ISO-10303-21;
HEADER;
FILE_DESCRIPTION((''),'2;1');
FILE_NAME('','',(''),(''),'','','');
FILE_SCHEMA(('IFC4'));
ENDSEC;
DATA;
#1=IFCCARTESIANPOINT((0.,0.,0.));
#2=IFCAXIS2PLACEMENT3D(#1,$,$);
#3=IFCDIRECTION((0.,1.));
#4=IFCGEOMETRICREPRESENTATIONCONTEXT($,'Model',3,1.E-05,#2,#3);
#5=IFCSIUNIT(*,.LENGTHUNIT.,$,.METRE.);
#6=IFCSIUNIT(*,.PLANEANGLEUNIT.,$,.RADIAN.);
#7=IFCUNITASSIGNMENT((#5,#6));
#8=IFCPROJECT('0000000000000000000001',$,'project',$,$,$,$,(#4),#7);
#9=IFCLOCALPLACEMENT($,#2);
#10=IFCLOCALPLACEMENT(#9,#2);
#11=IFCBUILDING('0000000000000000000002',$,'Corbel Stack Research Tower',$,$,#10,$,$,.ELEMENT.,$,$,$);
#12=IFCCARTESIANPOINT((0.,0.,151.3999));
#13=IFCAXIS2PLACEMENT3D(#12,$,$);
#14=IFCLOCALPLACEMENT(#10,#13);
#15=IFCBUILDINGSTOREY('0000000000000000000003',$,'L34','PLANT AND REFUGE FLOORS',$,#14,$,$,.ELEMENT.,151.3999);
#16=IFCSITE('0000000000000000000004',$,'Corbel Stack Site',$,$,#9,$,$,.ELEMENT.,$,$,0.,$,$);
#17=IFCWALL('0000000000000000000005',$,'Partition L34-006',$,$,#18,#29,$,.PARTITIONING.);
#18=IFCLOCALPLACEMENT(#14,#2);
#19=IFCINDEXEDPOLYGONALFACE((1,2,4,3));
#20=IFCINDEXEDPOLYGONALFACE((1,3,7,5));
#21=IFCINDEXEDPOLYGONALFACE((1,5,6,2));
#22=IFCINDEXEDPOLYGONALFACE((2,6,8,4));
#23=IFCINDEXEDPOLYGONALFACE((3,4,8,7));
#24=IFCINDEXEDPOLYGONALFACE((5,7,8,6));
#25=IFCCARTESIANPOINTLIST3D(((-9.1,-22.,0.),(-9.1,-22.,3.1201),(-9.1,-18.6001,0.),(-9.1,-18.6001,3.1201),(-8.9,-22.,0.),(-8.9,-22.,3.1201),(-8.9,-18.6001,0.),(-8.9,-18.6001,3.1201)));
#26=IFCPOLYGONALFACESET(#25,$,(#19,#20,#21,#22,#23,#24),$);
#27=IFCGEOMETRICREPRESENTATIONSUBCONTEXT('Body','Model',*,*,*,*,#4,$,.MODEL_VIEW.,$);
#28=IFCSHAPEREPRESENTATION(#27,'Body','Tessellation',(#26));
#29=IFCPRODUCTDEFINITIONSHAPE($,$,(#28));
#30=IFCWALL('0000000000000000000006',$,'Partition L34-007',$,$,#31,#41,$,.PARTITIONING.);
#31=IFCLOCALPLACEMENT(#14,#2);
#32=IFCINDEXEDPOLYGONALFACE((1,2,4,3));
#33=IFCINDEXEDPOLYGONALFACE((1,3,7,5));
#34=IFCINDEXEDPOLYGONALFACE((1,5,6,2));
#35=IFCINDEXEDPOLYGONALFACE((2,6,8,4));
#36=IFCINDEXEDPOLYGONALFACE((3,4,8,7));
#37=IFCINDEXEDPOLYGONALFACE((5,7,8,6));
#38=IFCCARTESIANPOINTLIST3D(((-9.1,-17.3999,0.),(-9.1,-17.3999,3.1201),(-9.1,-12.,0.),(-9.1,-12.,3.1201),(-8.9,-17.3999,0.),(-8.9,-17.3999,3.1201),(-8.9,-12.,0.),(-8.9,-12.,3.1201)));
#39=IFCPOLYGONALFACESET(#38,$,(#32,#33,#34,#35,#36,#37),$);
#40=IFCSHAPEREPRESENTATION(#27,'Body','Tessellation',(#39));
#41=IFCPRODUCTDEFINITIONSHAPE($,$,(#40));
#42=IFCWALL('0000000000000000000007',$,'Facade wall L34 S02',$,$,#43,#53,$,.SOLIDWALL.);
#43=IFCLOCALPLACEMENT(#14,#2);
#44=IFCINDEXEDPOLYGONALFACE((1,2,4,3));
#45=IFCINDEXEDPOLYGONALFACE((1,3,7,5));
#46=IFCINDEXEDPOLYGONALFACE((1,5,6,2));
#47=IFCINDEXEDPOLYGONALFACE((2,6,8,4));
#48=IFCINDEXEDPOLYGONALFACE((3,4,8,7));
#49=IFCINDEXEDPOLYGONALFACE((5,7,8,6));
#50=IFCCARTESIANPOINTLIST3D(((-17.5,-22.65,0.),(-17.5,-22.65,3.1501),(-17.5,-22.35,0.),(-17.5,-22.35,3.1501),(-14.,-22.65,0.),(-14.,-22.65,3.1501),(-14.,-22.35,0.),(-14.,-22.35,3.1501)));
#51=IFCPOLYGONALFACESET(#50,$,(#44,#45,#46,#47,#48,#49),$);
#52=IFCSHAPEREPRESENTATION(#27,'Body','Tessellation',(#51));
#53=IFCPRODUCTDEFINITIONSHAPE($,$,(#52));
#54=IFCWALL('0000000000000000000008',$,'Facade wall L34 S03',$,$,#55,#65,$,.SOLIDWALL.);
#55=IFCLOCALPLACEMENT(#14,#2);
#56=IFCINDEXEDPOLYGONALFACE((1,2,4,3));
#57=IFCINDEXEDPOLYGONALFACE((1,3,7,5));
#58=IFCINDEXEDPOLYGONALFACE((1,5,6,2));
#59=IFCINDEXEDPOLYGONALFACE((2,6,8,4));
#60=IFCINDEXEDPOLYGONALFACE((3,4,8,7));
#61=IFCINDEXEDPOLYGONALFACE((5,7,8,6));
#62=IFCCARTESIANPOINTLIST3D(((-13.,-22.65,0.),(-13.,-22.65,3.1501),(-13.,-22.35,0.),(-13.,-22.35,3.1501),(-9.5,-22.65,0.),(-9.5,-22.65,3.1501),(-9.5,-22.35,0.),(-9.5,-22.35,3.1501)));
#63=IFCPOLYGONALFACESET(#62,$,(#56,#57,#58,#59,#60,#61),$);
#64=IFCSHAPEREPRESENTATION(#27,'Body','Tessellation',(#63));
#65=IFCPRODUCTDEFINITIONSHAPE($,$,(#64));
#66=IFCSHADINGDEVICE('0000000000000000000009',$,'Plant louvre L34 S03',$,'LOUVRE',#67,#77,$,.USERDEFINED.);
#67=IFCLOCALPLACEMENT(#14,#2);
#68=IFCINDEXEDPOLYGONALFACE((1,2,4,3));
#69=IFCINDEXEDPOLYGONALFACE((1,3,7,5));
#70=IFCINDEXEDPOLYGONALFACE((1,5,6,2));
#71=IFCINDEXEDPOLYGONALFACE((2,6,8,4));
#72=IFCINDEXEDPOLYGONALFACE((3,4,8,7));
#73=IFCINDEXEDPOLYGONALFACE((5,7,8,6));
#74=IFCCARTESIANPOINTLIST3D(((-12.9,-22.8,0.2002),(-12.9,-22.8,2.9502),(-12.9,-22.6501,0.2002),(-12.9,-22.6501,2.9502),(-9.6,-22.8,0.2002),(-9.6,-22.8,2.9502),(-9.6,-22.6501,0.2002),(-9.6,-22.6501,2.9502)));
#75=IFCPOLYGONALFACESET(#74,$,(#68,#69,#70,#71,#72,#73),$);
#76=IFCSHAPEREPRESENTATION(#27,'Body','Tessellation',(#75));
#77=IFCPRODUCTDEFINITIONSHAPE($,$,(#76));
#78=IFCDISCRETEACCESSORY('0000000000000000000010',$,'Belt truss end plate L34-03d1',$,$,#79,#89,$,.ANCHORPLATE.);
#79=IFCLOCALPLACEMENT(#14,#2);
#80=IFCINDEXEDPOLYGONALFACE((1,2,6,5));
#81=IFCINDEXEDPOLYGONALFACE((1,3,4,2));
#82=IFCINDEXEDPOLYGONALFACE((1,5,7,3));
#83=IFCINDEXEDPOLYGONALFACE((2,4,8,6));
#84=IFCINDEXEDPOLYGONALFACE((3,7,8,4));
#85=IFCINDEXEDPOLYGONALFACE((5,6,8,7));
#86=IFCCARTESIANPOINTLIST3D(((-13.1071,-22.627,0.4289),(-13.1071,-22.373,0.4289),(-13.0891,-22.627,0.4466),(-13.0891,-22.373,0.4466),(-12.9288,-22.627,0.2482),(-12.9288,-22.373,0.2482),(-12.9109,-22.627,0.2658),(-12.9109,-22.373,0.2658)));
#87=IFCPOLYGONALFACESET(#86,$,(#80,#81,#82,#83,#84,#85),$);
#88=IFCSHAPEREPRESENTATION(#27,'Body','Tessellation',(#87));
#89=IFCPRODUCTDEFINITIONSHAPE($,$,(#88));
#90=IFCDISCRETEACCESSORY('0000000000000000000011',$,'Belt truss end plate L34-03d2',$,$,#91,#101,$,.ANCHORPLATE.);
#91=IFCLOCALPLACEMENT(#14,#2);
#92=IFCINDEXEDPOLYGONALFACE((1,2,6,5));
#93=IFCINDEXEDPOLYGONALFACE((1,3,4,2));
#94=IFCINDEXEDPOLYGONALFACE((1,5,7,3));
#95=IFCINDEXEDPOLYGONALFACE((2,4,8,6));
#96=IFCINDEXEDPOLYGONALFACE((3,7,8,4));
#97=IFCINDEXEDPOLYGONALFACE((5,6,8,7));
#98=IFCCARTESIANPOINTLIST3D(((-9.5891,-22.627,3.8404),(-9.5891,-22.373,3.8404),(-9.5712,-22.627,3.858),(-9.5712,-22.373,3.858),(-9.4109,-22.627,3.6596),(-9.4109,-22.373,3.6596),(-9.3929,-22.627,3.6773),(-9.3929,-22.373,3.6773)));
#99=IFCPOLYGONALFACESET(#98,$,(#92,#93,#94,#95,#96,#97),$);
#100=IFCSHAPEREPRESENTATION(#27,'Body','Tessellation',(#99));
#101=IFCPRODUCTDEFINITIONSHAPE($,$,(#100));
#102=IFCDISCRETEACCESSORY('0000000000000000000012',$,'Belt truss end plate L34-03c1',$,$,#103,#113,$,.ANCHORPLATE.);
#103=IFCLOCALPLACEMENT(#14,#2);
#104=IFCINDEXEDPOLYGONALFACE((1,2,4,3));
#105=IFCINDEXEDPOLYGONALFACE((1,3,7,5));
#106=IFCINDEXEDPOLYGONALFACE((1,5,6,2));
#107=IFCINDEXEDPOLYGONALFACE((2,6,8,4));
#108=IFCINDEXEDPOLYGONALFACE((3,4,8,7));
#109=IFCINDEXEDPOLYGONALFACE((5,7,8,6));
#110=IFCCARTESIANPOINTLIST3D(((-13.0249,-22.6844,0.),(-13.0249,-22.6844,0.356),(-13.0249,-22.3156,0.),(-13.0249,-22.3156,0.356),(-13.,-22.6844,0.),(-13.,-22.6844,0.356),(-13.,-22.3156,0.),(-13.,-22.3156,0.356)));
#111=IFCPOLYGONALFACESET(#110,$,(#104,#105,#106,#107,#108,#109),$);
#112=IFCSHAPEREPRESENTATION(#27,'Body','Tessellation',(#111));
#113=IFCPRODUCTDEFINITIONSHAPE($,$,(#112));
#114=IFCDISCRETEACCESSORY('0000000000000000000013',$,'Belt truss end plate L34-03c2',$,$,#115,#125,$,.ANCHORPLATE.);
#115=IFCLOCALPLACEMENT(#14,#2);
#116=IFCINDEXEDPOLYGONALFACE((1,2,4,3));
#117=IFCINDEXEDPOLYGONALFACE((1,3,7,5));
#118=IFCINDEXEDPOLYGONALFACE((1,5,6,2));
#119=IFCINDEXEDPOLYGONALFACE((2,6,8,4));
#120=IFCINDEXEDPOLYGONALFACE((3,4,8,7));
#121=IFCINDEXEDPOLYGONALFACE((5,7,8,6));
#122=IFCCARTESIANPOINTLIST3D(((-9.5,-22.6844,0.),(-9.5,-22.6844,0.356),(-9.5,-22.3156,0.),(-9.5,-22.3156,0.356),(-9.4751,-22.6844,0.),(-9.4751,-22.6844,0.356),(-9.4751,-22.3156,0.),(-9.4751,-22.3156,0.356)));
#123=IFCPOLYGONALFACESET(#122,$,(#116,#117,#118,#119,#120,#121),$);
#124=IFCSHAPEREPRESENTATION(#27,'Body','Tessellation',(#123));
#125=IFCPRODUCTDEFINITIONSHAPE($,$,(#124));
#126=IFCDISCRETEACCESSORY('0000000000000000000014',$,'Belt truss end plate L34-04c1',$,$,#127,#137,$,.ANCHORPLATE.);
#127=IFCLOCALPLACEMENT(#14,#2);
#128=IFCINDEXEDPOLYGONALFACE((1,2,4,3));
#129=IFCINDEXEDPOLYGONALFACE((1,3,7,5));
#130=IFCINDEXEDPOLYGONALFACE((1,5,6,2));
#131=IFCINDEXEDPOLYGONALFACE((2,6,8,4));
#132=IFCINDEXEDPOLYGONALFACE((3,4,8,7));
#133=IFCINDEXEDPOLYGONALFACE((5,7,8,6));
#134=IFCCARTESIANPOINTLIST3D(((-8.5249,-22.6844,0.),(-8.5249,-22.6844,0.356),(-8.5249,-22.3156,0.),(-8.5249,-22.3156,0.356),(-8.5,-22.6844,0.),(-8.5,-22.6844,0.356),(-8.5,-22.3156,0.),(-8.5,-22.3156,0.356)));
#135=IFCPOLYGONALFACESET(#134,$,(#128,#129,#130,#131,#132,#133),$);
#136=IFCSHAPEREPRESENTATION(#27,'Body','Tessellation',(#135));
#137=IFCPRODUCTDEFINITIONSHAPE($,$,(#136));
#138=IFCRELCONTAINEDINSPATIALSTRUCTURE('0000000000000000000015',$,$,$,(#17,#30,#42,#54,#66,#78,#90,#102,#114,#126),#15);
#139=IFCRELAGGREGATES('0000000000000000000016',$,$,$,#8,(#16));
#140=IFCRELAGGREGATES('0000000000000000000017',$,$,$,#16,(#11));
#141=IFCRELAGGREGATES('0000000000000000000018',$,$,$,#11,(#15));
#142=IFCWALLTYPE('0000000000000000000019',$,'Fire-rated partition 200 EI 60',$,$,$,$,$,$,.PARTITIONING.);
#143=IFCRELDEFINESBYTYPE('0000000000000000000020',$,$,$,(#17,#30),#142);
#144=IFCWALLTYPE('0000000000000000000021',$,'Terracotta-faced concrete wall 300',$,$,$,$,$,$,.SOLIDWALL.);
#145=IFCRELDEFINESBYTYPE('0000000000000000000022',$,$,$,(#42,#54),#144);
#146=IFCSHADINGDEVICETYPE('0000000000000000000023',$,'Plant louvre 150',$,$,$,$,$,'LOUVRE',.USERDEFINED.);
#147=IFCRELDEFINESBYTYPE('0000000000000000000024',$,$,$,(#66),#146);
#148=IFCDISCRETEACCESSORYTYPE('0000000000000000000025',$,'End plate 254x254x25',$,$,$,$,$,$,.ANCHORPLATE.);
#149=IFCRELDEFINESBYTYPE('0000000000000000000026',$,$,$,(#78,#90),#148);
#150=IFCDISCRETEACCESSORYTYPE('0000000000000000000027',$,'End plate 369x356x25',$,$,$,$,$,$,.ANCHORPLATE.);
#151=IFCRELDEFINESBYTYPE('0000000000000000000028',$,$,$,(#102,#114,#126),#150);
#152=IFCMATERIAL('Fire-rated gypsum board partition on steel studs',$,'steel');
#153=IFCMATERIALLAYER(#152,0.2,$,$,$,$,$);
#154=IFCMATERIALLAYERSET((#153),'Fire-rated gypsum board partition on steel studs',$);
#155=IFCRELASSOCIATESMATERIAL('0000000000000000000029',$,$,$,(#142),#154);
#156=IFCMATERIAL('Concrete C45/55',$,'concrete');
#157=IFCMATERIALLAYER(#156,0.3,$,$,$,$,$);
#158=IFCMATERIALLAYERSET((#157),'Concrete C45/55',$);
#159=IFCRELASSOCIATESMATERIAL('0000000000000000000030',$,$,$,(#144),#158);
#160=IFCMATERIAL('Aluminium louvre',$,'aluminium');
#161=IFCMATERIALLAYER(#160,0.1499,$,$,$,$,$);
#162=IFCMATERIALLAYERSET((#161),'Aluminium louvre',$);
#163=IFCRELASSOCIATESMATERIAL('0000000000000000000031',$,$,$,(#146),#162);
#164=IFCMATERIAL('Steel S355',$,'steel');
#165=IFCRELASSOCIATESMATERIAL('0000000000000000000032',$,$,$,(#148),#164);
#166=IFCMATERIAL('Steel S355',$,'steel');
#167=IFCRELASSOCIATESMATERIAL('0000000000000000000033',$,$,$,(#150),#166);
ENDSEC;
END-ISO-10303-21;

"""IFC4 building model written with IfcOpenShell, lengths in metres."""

from ifc_helpers import new_model, si_unit, direction, frame, frame_2d, origin, origin_2d, place, context, subcontext, project, spatial, rectangle, extrude, material, layer, layer_set, material_profile, profile_set, type_object, element, save


model = new_model("IFC4")

# Units and contexts
model_context = context("Model", 3, precision=1e-05, world=origin(), true_north=direction((0.0, 1.0)))
body_context = subcontext(model_context, "Body", "Model", "MODEL_VIEW")
ifc_project = project(units=[si_unit("LENGTHUNIT", "METRE"), si_unit("PLANEANGLEUNIT", "RADIAN")], contexts=[model_context])

# Site, building, storey
site_placement = place(None, origin())
site = spatial("IfcSite", under=ifc_project, at=site_placement, Name="Corbel Stack Site", CompositionType="ELEMENT", RefElevation=0.0)
building_placement = place(site_placement, origin())
building = spatial("IfcBuilding", under=site, at=building_placement, Name="Corbel Stack Research Tower", CompositionType="ELEMENT")
storey_placement = place(building_placement, frame((0.0, 0.0, 151.3999)))
storey = spatial("IfcBuildingStorey", under=building, at=storey_placement, Name="L34", Description="PLANT AND REFUGE FLOORS", CompositionType="ELEMENT", Elevation=151.3999)

# Walls
ifc_material_1 = material(Name="Fire-rated gypsum board partition on steel studs", Category="steel")
ifc_layer_1 = layer(ifc_material_1, 0.2)
ifc_layer_set_1 = layer_set([ifc_layer_1], Name="Fire-rated gypsum board partition on steel studs")
wall_type_1 = type_object("IfcWallType", Name="Fire-rated partition 200 EI 60", PredefinedType="PARTITIONING", material=ifc_layer_set_1)
wall_1_placement = place(storey_placement, frame((-9.0, -22.0, 0.0), z_axis=(0.0, 0.0, 1.0), x_axis=(0.0, 1.0, 0.0)))
element("IfcWall", 1, at=wall_1_placement, inside=storey, type_object=wall_type_1, Name="Partition L34-006", PredefinedType="PARTITIONING", context=body_context, shape_type="SweptSolid", body=[
    extrude(rectangle(XDim=3.3999, YDim=0.2, at=frame_2d((1.7, 0.0))), origin(), (0.0, 0.0, 1.0), 3.1201),
])
wall_2_placement = place(storey_placement, frame((-9.0, -17.3999, 0.0), z_axis=(0.0, 0.0, 1.0), x_axis=(0.0, 1.0, 0.0)))
element("IfcWall", 2, at=wall_2_placement, inside=storey, type_object=wall_type_1, Name="Partition L34-007", PredefinedType="PARTITIONING", context=body_context, shape_type="SweptSolid", body=[
    extrude(rectangle(XDim=5.3999, YDim=0.2, at=frame_2d((2.7, 0.0))), origin(), (0.0, 0.0, 1.0), 3.1201),
])
ifc_material_2 = material(Name="Concrete C45/55", Category="concrete")
ifc_layer_2 = layer(ifc_material_2, 0.3)
ifc_layer_set_2 = layer_set([ifc_layer_2], Name="Concrete C45/55")
wall_type_2 = type_object("IfcWallType", Name="Terracotta-faced concrete wall 300", PredefinedType="SOLIDWALL", material=ifc_layer_set_2)
for number, where, z_axis, x_axis, name in (
    (3, (-14.0, -22.5, 0.0), (0.0, 0.0, 1.0), (-1.0, 0.0, 0.0), "Facade wall L34 S02"),
    (4, (-9.5, -22.5, 0.0), (0.0, 0.0, 1.0), (-1.0, 0.0, 0.0), "Facade wall L34 S03"),
):
    element("IfcWall", number, at=place(storey_placement, frame(where, z_axis=z_axis, x_axis=x_axis)), inside=storey, type_object=wall_type_2, Name=name, PredefinedType="SOLIDWALL", context=body_context, shape_type="SweptSolid", body=[
        extrude(rectangle(XDim=3.5, YDim=0.3, at=frame_2d((1.75, 0.0))), origin(), (0.0, 0.0, 1.0), 3.1501),
    ])

# Shading device
ifc_material_3 = material(Name="Aluminium louvre", Category="aluminium")
ifc_layer_3 = layer(ifc_material_3, 0.1499)
ifc_layer_set_3 = layer_set([ifc_layer_3], Name="Aluminium louvre")
shading_device_type = type_object("IfcShadingDeviceType", Name="Plant louvre 150", ElementType="LOUVRE", PredefinedType="USERDEFINED", material=ifc_layer_set_3)
shading_device_placement = place(storey_placement, frame((-11.25, -22.7251, 0.2002), z_axis=(0.0, 0.0, 1.0), x_axis=(1.0, 0.0, 0.0)))
element("IfcShadingDevice", 5, at=shading_device_placement, inside=storey, type_object=shading_device_type, Name="Plant louvre L34 S03", ObjectType="LOUVRE", PredefinedType="USERDEFINED", context=body_context, shape_type="SweptSolid", body=[
    extrude(rectangle(XDim=3.3, YDim=0.1499, at=origin_2d()), origin(), (0.0, 0.0, 1.0), 2.75),
])

# Discrete accessories
ifc_material_4 = material(Name="Steel S355", Category="steel")
ifc_material_profile_1 = material_profile(ifc_material_4, rectangle(XDim=0.2539, YDim=0.2539, at=origin_2d()), Name="End plate 254x254x25")
ifc_profile_set_1 = profile_set([ifc_material_profile_1], Name="Steel S355")
discrete_accessory_type_1 = type_object("IfcDiscreteAccessoryType", Name="End plate 254x254x25", PredefinedType="ANCHORPLATE", material=ifc_profile_set_1)
for number, where, z_axis, x_axis, name in (
    (6, (-13.0, -22.5, 0.3562), (-0.711966, 0.0, -0.702213), (0.0, -1.0, 0.0), "Belt truss end plate L34-03d1"),
    (7, (-9.5, -22.5, 3.75), (0.711966, 0.0, 0.702213), (0.0, 1.0, 0.0), "Belt truss end plate L34-03d2"),
):
    element("IfcDiscreteAccessory", number, at=place(storey_placement, frame(where, z_axis=z_axis, x_axis=x_axis)), inside=storey, type_object=discrete_accessory_type_1, Name=name, PredefinedType="ANCHORPLATE", context=body_context, shape_type="SweptSolid", body=[
        extrude(rectangle(XDim=0.2539, YDim=0.2539, at=origin_2d()), origin(), (0.0, 0.0, 1.0), 0.0251),
    ])
ifc_material_5 = material(Name="Steel S355", Category="steel")
ifc_material_profile_2 = material_profile(ifc_material_5, rectangle(XDim=0.3689, YDim=0.356, at=origin_2d()), Name="End plate 369x356x25")
ifc_profile_set_2 = profile_set([ifc_material_profile_2], Name="Steel S355")
discrete_accessory_type_2 = type_object("IfcDiscreteAccessoryType", Name="End plate 369x356x25", PredefinedType="ANCHORPLATE", material=ifc_profile_set_2)
for number, where, z_axis, x_axis, name in (
    (8, (-13.0, -22.5, 0.178), (-1.0, 0.0, 0.0), (0.0, -1.0, 0.0), "Belt truss end plate L34-03c1"),
    (9, (-9.5, -22.5, 0.178), (1.0, 0.0, 0.0), (0.0, 1.0, 0.0), "Belt truss end plate L34-03c2"),
    (10, (-8.5, -22.5, 0.178), (-1.0, 0.0, 0.0), (0.0, -1.0, 0.0), "Belt truss end plate L34-04c1"),
):
    element("IfcDiscreteAccessory", number, at=place(storey_placement, frame(where, z_axis=z_axis, x_axis=x_axis)), inside=storey, type_object=discrete_accessory_type_2, Name=name, PredefinedType="ANCHORPLATE", context=body_context, shape_type="SweptSolid", body=[
        extrude(rectangle(XDim=0.3689, YDim=0.356, at=origin_2d()), origin(), (0.0, 0.0, 1.0), 0.0249),
    ])

save(model, "model.ifc")
